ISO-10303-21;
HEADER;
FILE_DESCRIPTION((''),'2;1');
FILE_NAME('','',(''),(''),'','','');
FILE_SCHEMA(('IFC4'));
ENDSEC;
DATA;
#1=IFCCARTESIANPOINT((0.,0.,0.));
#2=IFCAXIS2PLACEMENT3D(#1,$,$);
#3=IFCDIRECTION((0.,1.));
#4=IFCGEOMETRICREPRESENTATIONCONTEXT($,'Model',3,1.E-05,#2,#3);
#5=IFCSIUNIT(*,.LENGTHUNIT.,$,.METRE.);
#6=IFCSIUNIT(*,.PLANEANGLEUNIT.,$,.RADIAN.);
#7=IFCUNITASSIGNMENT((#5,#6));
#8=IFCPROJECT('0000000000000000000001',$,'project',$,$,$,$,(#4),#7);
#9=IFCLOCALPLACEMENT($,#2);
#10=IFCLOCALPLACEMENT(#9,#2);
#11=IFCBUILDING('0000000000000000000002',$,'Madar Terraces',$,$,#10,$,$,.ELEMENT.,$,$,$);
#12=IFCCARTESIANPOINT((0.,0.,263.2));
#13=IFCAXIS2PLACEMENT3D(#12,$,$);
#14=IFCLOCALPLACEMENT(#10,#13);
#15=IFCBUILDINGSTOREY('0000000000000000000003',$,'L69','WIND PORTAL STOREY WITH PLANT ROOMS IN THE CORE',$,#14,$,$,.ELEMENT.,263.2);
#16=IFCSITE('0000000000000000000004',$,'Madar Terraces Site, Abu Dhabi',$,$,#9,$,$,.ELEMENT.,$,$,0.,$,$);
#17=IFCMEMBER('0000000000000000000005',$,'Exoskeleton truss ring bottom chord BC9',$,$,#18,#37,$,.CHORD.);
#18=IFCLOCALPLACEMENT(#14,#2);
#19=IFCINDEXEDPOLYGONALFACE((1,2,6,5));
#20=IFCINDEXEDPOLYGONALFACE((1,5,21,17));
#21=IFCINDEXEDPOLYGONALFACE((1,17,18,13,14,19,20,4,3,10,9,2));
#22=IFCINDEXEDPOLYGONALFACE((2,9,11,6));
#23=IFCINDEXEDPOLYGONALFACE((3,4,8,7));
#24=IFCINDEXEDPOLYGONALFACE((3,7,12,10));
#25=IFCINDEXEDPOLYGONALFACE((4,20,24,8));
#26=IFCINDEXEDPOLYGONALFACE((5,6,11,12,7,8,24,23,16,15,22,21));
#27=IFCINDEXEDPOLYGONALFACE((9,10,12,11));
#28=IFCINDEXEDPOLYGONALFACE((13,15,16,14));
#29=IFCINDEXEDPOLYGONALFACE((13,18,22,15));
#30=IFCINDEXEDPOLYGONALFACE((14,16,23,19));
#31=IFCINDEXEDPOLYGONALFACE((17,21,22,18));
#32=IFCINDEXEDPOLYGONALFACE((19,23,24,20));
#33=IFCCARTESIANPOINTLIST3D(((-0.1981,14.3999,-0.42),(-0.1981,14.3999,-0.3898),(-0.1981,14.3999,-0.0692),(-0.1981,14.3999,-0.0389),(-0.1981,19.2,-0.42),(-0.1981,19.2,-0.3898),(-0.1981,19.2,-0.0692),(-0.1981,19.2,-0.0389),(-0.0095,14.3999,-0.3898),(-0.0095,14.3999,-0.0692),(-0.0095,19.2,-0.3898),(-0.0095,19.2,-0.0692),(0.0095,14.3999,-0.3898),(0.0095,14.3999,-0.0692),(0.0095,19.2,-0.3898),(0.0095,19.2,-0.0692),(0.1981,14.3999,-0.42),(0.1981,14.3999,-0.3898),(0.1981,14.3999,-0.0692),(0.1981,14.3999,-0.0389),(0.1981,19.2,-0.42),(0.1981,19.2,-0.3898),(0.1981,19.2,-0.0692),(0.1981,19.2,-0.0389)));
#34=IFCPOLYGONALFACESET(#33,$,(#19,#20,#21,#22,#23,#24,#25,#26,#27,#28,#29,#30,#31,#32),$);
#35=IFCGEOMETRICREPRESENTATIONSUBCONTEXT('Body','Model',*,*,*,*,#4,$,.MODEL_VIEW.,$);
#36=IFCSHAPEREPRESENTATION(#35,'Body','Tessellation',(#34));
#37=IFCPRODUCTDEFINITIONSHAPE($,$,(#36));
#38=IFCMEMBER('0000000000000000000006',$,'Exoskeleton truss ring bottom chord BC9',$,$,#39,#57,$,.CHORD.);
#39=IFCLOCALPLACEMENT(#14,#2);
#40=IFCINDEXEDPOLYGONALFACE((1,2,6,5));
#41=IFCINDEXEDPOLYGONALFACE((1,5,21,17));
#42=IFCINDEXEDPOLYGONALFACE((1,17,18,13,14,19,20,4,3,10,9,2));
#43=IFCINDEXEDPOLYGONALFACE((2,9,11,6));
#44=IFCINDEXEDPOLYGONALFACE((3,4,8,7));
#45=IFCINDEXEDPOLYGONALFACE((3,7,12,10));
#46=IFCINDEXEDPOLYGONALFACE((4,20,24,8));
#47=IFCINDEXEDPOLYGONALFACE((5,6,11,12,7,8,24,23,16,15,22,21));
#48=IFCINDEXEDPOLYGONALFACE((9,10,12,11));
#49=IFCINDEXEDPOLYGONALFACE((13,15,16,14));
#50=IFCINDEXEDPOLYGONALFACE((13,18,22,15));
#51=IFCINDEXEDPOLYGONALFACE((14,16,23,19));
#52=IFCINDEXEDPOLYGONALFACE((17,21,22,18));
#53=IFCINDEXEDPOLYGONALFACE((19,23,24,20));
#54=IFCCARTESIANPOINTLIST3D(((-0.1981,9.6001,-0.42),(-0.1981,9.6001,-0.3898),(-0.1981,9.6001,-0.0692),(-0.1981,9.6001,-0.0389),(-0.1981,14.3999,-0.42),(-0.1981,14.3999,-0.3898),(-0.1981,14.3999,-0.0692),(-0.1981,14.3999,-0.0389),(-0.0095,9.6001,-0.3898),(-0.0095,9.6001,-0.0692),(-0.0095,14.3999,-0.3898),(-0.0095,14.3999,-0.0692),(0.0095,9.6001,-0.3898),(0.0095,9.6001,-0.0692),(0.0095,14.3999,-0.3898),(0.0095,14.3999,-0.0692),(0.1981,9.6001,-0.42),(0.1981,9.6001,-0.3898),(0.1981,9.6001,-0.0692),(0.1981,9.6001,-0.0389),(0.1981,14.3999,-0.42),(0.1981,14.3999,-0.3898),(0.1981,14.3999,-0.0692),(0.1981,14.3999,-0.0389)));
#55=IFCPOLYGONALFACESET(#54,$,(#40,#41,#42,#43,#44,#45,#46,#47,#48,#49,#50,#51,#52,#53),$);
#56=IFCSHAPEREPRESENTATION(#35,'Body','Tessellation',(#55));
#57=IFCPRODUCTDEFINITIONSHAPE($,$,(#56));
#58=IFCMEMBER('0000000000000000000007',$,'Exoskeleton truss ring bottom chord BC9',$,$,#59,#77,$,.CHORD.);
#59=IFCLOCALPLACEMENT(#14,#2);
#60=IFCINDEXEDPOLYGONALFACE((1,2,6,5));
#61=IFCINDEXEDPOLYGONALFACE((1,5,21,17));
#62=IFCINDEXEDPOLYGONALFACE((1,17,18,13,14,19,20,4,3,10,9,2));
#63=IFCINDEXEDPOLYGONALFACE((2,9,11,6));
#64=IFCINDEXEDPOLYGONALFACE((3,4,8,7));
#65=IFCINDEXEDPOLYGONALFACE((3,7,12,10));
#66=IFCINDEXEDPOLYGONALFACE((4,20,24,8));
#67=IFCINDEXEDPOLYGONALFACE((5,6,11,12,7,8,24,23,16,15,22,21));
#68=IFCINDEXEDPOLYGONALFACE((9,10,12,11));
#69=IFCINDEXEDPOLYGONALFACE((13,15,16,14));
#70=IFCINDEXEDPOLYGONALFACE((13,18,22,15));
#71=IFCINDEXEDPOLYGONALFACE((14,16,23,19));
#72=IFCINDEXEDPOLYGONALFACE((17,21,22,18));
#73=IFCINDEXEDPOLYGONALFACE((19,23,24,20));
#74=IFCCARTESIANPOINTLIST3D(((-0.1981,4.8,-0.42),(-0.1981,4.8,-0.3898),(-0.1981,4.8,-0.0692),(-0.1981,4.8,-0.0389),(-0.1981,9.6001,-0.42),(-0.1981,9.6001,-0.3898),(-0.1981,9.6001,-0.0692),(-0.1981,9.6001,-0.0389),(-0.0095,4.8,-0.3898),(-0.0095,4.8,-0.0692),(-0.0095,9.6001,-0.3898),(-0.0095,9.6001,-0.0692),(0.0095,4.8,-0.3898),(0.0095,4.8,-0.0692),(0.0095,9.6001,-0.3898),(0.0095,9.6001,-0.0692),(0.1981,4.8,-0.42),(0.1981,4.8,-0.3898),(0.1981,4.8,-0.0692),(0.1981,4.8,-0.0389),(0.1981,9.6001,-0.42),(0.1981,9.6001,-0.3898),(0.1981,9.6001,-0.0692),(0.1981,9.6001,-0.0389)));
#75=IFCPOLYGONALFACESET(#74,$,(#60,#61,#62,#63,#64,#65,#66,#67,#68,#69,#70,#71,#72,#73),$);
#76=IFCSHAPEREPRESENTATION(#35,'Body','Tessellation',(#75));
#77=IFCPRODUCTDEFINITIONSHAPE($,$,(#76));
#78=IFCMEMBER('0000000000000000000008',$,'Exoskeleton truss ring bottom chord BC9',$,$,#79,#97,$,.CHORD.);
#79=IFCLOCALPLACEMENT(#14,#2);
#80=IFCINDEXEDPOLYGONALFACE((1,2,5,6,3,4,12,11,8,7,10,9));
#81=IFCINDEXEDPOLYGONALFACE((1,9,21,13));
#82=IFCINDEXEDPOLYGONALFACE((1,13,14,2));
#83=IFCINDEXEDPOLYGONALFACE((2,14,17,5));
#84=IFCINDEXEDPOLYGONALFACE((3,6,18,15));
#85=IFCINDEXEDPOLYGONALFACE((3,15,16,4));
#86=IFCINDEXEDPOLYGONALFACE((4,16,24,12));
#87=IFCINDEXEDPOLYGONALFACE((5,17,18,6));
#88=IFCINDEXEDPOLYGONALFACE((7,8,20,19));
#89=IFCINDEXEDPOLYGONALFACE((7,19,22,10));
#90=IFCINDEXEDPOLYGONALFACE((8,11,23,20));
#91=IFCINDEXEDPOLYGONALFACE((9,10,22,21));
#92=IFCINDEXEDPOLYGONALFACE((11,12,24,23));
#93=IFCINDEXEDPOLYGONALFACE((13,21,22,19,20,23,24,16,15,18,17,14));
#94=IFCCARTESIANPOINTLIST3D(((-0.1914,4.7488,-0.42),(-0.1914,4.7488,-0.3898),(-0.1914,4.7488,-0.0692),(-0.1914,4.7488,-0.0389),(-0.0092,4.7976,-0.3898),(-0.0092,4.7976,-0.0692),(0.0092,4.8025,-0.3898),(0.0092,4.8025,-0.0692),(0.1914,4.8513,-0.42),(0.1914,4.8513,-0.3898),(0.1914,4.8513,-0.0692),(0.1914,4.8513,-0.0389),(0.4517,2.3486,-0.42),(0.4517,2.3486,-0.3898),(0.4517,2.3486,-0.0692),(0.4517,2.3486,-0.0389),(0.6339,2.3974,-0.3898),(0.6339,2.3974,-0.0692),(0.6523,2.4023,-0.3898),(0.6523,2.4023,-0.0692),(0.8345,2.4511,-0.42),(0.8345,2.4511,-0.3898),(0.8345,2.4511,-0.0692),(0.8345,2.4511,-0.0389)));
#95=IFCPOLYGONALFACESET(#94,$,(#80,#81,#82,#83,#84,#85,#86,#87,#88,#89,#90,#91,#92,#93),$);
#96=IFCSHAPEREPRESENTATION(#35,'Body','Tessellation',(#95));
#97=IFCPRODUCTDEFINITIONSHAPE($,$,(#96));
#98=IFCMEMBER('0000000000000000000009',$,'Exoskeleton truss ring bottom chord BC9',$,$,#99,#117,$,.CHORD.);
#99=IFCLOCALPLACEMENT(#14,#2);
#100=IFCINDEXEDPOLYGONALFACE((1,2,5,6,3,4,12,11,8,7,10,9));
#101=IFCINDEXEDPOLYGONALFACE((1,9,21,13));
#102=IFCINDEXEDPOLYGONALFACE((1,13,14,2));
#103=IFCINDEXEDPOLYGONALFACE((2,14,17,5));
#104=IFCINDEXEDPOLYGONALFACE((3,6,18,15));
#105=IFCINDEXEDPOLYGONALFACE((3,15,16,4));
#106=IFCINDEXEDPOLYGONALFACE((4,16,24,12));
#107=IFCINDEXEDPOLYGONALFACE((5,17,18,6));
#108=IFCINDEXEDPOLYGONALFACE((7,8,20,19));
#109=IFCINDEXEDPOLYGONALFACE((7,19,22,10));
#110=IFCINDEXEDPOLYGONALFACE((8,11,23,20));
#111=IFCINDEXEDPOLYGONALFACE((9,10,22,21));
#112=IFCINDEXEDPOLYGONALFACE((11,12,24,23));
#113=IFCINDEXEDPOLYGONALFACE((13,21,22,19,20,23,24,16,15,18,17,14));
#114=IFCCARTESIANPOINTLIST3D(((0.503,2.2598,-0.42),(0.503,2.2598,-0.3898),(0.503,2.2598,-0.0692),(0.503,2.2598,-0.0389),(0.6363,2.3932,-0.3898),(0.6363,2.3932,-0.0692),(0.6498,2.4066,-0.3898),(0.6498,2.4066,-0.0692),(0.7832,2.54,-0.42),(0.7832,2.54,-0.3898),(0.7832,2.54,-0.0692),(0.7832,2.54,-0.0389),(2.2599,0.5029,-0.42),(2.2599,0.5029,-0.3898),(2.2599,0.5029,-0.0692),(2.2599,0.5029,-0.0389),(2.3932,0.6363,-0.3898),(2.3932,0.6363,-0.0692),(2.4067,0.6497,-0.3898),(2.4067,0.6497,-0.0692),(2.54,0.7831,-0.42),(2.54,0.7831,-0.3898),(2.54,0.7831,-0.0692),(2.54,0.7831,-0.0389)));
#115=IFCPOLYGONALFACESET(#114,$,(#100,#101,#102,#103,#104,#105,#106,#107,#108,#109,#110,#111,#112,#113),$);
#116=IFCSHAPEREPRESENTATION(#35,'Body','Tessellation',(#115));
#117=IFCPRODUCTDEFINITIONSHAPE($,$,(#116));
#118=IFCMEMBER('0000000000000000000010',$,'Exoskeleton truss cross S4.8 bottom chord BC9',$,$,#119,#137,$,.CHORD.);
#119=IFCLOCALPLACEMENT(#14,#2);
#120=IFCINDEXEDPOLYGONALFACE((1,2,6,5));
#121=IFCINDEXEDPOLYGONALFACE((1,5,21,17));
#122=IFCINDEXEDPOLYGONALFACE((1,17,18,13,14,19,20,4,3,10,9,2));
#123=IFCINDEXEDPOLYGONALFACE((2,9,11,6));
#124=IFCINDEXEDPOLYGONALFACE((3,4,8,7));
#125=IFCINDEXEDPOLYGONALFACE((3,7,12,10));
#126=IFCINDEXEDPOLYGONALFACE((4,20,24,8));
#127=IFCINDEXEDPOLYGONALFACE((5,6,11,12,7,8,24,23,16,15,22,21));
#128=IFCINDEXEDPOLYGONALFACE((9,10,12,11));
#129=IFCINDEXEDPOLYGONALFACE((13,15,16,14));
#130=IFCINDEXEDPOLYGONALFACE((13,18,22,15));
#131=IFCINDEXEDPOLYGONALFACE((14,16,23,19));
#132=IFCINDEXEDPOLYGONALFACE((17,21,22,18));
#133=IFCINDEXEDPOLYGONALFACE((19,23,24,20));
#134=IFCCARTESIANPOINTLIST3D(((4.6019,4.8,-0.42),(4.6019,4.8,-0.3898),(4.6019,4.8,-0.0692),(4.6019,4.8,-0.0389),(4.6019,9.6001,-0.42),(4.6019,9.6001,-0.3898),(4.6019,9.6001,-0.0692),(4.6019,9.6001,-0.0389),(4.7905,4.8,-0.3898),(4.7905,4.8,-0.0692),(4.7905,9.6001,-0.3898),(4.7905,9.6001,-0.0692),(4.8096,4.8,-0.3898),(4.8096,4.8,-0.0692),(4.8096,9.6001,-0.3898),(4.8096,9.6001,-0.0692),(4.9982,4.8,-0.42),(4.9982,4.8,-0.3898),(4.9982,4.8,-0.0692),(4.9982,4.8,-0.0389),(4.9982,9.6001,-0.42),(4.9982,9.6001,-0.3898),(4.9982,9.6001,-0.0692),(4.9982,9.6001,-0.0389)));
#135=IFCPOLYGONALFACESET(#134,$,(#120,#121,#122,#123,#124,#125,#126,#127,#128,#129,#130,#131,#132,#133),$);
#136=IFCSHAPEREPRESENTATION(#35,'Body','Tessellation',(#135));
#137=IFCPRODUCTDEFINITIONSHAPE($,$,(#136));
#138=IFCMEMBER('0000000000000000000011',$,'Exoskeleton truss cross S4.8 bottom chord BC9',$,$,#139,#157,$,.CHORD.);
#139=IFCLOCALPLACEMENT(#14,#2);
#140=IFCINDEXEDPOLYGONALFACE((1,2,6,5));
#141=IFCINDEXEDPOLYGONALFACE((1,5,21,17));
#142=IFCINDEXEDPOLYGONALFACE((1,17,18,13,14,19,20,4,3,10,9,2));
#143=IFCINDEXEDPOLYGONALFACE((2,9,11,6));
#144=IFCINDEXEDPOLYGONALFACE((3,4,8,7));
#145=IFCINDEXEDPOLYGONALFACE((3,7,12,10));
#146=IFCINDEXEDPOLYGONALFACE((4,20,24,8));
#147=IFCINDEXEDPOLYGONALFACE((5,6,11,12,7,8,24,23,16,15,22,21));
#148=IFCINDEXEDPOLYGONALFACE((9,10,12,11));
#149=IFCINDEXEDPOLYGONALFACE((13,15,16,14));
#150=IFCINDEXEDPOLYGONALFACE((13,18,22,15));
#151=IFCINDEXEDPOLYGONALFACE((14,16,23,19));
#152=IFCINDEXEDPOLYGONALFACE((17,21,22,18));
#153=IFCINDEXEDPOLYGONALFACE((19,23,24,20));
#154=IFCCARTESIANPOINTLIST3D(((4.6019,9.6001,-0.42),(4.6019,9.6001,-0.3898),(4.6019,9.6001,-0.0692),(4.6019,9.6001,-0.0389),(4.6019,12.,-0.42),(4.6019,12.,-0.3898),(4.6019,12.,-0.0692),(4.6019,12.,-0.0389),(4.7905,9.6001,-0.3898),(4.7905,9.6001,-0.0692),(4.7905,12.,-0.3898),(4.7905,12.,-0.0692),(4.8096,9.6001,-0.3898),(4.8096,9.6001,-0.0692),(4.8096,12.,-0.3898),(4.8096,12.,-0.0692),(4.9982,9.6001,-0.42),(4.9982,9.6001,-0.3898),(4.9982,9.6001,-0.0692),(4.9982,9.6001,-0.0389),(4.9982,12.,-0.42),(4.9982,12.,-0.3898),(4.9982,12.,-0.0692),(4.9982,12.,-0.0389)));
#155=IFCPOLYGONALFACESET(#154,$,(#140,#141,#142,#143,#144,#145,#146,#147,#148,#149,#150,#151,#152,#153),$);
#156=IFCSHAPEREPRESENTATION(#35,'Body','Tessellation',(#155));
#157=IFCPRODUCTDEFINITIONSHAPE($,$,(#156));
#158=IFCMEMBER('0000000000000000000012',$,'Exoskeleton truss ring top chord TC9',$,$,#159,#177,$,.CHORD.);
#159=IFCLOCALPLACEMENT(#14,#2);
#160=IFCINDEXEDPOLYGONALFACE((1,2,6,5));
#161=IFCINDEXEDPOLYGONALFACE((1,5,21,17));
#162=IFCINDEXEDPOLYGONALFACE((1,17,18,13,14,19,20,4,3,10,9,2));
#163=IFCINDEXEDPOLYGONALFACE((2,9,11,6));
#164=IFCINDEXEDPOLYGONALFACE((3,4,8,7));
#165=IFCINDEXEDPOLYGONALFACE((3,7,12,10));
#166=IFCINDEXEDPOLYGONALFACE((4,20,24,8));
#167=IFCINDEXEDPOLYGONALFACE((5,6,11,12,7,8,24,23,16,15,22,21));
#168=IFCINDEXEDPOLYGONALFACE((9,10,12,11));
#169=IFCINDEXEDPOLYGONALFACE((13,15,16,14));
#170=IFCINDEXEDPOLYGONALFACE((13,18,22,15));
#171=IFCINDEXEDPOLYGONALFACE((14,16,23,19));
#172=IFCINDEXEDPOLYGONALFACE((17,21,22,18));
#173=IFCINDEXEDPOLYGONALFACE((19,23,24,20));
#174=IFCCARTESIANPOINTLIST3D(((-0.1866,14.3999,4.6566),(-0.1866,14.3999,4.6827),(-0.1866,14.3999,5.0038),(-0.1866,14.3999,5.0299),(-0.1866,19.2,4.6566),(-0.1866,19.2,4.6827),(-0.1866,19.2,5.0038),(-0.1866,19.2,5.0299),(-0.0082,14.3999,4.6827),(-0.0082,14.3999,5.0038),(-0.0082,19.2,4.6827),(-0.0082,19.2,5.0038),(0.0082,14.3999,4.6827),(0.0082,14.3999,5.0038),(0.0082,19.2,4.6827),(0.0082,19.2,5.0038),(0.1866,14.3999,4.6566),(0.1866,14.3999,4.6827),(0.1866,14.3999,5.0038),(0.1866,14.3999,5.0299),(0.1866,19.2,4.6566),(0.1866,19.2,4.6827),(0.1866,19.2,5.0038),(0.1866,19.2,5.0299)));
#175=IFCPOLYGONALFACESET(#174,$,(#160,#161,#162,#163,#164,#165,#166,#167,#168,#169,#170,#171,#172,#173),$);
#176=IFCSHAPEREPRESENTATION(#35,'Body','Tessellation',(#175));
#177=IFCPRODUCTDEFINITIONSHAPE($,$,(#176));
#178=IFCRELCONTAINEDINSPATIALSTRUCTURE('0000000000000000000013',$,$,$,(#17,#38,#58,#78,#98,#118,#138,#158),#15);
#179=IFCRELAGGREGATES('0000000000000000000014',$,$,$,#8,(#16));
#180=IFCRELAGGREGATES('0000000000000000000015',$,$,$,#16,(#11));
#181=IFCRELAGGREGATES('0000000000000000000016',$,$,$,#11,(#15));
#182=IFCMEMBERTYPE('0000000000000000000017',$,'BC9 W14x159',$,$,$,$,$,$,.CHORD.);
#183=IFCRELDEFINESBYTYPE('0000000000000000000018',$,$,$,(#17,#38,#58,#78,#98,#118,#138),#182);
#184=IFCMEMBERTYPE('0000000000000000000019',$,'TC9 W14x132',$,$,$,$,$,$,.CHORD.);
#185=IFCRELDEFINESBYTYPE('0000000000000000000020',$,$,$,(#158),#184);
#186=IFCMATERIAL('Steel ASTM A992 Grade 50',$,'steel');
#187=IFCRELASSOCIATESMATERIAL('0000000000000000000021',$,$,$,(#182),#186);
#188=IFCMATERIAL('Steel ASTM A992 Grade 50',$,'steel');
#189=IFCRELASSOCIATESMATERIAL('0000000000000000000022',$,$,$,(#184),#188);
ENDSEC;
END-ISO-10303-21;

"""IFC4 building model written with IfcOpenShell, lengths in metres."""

from ifc_helpers import new_model, si_unit, direction, frame, origin, origin_2d, place, context, subcontext, project, spatial, i_section, extrude, material, material_profile, profile_set, type_object, element, save


model = new_model("IFC4")

# Units and contexts
model_context = context("Model", 3, precision=1e-05, world=origin(), true_north=direction((0.0, 1.0)))
body_context = subcontext(model_context, "Body", "Model", "MODEL_VIEW")
ifc_project = project(units=[si_unit("LENGTHUNIT", "METRE"), si_unit("PLANEANGLEUNIT", "RADIAN")], contexts=[model_context])

# Site, building, storey
site_placement = place(None, origin())
site = spatial("IfcSite", under=ifc_project, at=site_placement, Name="Madar Terraces Site, Abu Dhabi", CompositionType="ELEMENT", RefElevation=0.0)
building_placement = place(site_placement, origin())
building = spatial("IfcBuilding", under=site, at=building_placement, Name="Madar Terraces", CompositionType="ELEMENT")
storey_placement = place(building_placement, frame((0.0, 0.0, 263.2)))
storey = spatial("IfcBuildingStorey", under=building, at=storey_placement, Name="L69", Description="WIND PORTAL STOREY WITH PLANT ROOMS IN THE CORE", CompositionType="ELEMENT", Elevation=263.2)

# Members
ifc_material_1 = material(Name="Steel ASTM A992 Grade 50", Category="steel")
ifc_material_profile_1 = material_profile(ifc_material_1, i_section(OverallWidth=0.3962, OverallDepth=0.3811, WebThickness=0.019, FlangeThickness=0.0303, at=origin_2d()), Name="W14x159")
ifc_profile_set_1 = profile_set([ifc_material_profile_1], Name="Steel ASTM A992 Grade 50")
member_type_1 = type_object("IfcMemberType", Name="BC9 W14x159", PredefinedType="CHORD", material=ifc_profile_set_1)
member_1_placement = place(storey_placement, frame((0.0, 19.2, -0.2295), z_axis=(0.0, -1.0, 0.0), x_axis=(1.0, 0.0, 0.0)))
element("IfcMember", 1, at=member_1_placement, inside=storey, type_object=member_type_1, Name="Exoskeleton truss ring bottom chord BC9", PredefinedType="CHORD", context=body_context, shape_type="SweptSolid", body=[
    extrude(i_section(OverallWidth=0.3962, OverallDepth=0.3811, WebThickness=0.019, FlangeThickness=0.0303, at=origin_2d()), origin(), (0.0, 0.0, 1.0), 4.8),
])
member_2_placement = place(storey_placement, frame((0.0, 14.3999, -0.2295), z_axis=(0.0, -1.0, 0.0), x_axis=(1.0, 0.0, 0.0)))
element("IfcMember", 2, at=member_2_placement, inside=storey, type_object=member_type_1, Name="Exoskeleton truss ring bottom chord BC9", PredefinedType="CHORD", context=body_context, shape_type="SweptSolid", body=[
    extrude(i_section(OverallWidth=0.3962, OverallDepth=0.3811, WebThickness=0.019, FlangeThickness=0.0303, at=origin_2d()), origin(), (0.0, 0.0, 1.0), 4.7998),
])
member_3_placement = place(storey_placement, frame((0.0, 9.6001, -0.2295), z_axis=(0.0, -1.0, 0.0), x_axis=(1.0, 0.0, 0.0)))
element("IfcMember", 3, at=member_3_placement, inside=storey, type_object=member_type_1, Name="Exoskeleton truss ring bottom chord BC9", PredefinedType="CHORD", context=body_context, shape_type="SweptSolid", body=[
    extrude(i_section(OverallWidth=0.3962, OverallDepth=0.3811, WebThickness=0.019, FlangeThickness=0.0303, at=origin_2d()), origin(), (0.0, 0.0, 1.0), 4.8),
])
member_4_placement = place(storey_placement, frame((0.0, 4.8, -0.2295), z_axis=(0.2588, -0.965931, 0.0), x_axis=(0.965931, 0.2588, 0.0)))
element("IfcMember", 4, at=member_4_placement, inside=storey, type_object=member_type_1, Name="Exoskeleton truss ring bottom chord BC9", PredefinedType="CHORD", context=body_context, shape_type="SweptSolid", body=[
    extrude(i_section(OverallWidth=0.3962, OverallDepth=0.3811, WebThickness=0.019, FlangeThickness=0.0303, at=origin_2d()), origin(), (0.0, 0.0, 1.0), 2.4849),
])
member_5_placement = place(storey_placement, frame((0.6431, 2.3999, -0.2295), z_axis=(0.707107, -0.707107, 0.0), x_axis=(0.707107, 0.707107, 0.0)))
element("IfcMember", 5, at=member_5_placement, inside=storey, type_object=member_type_1, Name="Exoskeleton truss ring bottom chord BC9", PredefinedType="CHORD", context=body_context, shape_type="SweptSolid", body=[
    extrude(i_section(OverallWidth=0.3962, OverallDepth=0.3811, WebThickness=0.019, FlangeThickness=0.0303, at=origin_2d()), origin(), (0.0, 0.0, 1.0), 2.4846),
])
member_6_placement = place(storey_placement, frame((4.8, 4.8, -0.2295), z_axis=(0.0, 1.0, 0.0), x_axis=(-1.0, 0.0, 0.0)))
element("IfcMember", 6, at=member_6_placement, inside=storey, type_object=member_type_1, Name="Exoskeleton truss cross S4.8 bottom chord BC9", PredefinedType="CHORD", context=body_context, shape_type="SweptSolid", body=[
    extrude(i_section(OverallWidth=0.3962, OverallDepth=0.3811, WebThickness=0.019, FlangeThickness=0.0303, at=origin_2d()), origin(), (0.0, 0.0, 1.0), 4.8),
])
member_7_placement = place(storey_placement, frame((4.8, 9.6001, -0.2295), z_axis=(0.0, 1.0, 0.0), x_axis=(-1.0, 0.0, 0.0)))
element("IfcMember", 7, at=member_7_placement, inside=storey, type_object=member_type_1, Name="Exoskeleton truss cross S4.8 bottom chord BC9", PredefinedType="CHORD", context=body_context, shape_type="SweptSolid", body=[
    extrude(i_section(OverallWidth=0.3962, OverallDepth=0.3811, WebThickness=0.019, FlangeThickness=0.0303, at=origin_2d()), origin(), (0.0, 0.0, 1.0), 2.3999),
])
ifc_material_2 = material(Name="Steel ASTM A992 Grade 50", Category="steel")
ifc_material_profile_2 = material_profile(ifc_material_2, i_section(OverallWidth=0.3733, OverallDepth=0.3733, WebThickness=0.0164, FlangeThickness=0.0261, at=origin_2d()), Name="W14x132")
ifc_profile_set_2 = profile_set([ifc_material_profile_2], Name="Steel ASTM A992 Grade 50")
member_type_2 = type_object("IfcMemberType", Name="TC9 W14x132", PredefinedType="CHORD", material=ifc_profile_set_2)
member_8_placement = place(storey_placement, frame((0.0, 19.2, 4.8433), z_axis=(0.0, -1.0, 0.0), x_axis=(1.0, 0.0, 0.0)))
element("IfcMember", 8, at=member_8_placement, inside=storey, type_object=member_type_2, Name="Exoskeleton truss ring top chord TC9", PredefinedType="CHORD", context=body_context, shape_type="SweptSolid", body=[
    extrude(i_section(OverallWidth=0.3733, OverallDepth=0.3733, WebThickness=0.0164, FlangeThickness=0.0261, at=origin_2d()), origin(), (0.0, 0.0, 1.0), 4.8),
])

save(model, "model.ifc")
